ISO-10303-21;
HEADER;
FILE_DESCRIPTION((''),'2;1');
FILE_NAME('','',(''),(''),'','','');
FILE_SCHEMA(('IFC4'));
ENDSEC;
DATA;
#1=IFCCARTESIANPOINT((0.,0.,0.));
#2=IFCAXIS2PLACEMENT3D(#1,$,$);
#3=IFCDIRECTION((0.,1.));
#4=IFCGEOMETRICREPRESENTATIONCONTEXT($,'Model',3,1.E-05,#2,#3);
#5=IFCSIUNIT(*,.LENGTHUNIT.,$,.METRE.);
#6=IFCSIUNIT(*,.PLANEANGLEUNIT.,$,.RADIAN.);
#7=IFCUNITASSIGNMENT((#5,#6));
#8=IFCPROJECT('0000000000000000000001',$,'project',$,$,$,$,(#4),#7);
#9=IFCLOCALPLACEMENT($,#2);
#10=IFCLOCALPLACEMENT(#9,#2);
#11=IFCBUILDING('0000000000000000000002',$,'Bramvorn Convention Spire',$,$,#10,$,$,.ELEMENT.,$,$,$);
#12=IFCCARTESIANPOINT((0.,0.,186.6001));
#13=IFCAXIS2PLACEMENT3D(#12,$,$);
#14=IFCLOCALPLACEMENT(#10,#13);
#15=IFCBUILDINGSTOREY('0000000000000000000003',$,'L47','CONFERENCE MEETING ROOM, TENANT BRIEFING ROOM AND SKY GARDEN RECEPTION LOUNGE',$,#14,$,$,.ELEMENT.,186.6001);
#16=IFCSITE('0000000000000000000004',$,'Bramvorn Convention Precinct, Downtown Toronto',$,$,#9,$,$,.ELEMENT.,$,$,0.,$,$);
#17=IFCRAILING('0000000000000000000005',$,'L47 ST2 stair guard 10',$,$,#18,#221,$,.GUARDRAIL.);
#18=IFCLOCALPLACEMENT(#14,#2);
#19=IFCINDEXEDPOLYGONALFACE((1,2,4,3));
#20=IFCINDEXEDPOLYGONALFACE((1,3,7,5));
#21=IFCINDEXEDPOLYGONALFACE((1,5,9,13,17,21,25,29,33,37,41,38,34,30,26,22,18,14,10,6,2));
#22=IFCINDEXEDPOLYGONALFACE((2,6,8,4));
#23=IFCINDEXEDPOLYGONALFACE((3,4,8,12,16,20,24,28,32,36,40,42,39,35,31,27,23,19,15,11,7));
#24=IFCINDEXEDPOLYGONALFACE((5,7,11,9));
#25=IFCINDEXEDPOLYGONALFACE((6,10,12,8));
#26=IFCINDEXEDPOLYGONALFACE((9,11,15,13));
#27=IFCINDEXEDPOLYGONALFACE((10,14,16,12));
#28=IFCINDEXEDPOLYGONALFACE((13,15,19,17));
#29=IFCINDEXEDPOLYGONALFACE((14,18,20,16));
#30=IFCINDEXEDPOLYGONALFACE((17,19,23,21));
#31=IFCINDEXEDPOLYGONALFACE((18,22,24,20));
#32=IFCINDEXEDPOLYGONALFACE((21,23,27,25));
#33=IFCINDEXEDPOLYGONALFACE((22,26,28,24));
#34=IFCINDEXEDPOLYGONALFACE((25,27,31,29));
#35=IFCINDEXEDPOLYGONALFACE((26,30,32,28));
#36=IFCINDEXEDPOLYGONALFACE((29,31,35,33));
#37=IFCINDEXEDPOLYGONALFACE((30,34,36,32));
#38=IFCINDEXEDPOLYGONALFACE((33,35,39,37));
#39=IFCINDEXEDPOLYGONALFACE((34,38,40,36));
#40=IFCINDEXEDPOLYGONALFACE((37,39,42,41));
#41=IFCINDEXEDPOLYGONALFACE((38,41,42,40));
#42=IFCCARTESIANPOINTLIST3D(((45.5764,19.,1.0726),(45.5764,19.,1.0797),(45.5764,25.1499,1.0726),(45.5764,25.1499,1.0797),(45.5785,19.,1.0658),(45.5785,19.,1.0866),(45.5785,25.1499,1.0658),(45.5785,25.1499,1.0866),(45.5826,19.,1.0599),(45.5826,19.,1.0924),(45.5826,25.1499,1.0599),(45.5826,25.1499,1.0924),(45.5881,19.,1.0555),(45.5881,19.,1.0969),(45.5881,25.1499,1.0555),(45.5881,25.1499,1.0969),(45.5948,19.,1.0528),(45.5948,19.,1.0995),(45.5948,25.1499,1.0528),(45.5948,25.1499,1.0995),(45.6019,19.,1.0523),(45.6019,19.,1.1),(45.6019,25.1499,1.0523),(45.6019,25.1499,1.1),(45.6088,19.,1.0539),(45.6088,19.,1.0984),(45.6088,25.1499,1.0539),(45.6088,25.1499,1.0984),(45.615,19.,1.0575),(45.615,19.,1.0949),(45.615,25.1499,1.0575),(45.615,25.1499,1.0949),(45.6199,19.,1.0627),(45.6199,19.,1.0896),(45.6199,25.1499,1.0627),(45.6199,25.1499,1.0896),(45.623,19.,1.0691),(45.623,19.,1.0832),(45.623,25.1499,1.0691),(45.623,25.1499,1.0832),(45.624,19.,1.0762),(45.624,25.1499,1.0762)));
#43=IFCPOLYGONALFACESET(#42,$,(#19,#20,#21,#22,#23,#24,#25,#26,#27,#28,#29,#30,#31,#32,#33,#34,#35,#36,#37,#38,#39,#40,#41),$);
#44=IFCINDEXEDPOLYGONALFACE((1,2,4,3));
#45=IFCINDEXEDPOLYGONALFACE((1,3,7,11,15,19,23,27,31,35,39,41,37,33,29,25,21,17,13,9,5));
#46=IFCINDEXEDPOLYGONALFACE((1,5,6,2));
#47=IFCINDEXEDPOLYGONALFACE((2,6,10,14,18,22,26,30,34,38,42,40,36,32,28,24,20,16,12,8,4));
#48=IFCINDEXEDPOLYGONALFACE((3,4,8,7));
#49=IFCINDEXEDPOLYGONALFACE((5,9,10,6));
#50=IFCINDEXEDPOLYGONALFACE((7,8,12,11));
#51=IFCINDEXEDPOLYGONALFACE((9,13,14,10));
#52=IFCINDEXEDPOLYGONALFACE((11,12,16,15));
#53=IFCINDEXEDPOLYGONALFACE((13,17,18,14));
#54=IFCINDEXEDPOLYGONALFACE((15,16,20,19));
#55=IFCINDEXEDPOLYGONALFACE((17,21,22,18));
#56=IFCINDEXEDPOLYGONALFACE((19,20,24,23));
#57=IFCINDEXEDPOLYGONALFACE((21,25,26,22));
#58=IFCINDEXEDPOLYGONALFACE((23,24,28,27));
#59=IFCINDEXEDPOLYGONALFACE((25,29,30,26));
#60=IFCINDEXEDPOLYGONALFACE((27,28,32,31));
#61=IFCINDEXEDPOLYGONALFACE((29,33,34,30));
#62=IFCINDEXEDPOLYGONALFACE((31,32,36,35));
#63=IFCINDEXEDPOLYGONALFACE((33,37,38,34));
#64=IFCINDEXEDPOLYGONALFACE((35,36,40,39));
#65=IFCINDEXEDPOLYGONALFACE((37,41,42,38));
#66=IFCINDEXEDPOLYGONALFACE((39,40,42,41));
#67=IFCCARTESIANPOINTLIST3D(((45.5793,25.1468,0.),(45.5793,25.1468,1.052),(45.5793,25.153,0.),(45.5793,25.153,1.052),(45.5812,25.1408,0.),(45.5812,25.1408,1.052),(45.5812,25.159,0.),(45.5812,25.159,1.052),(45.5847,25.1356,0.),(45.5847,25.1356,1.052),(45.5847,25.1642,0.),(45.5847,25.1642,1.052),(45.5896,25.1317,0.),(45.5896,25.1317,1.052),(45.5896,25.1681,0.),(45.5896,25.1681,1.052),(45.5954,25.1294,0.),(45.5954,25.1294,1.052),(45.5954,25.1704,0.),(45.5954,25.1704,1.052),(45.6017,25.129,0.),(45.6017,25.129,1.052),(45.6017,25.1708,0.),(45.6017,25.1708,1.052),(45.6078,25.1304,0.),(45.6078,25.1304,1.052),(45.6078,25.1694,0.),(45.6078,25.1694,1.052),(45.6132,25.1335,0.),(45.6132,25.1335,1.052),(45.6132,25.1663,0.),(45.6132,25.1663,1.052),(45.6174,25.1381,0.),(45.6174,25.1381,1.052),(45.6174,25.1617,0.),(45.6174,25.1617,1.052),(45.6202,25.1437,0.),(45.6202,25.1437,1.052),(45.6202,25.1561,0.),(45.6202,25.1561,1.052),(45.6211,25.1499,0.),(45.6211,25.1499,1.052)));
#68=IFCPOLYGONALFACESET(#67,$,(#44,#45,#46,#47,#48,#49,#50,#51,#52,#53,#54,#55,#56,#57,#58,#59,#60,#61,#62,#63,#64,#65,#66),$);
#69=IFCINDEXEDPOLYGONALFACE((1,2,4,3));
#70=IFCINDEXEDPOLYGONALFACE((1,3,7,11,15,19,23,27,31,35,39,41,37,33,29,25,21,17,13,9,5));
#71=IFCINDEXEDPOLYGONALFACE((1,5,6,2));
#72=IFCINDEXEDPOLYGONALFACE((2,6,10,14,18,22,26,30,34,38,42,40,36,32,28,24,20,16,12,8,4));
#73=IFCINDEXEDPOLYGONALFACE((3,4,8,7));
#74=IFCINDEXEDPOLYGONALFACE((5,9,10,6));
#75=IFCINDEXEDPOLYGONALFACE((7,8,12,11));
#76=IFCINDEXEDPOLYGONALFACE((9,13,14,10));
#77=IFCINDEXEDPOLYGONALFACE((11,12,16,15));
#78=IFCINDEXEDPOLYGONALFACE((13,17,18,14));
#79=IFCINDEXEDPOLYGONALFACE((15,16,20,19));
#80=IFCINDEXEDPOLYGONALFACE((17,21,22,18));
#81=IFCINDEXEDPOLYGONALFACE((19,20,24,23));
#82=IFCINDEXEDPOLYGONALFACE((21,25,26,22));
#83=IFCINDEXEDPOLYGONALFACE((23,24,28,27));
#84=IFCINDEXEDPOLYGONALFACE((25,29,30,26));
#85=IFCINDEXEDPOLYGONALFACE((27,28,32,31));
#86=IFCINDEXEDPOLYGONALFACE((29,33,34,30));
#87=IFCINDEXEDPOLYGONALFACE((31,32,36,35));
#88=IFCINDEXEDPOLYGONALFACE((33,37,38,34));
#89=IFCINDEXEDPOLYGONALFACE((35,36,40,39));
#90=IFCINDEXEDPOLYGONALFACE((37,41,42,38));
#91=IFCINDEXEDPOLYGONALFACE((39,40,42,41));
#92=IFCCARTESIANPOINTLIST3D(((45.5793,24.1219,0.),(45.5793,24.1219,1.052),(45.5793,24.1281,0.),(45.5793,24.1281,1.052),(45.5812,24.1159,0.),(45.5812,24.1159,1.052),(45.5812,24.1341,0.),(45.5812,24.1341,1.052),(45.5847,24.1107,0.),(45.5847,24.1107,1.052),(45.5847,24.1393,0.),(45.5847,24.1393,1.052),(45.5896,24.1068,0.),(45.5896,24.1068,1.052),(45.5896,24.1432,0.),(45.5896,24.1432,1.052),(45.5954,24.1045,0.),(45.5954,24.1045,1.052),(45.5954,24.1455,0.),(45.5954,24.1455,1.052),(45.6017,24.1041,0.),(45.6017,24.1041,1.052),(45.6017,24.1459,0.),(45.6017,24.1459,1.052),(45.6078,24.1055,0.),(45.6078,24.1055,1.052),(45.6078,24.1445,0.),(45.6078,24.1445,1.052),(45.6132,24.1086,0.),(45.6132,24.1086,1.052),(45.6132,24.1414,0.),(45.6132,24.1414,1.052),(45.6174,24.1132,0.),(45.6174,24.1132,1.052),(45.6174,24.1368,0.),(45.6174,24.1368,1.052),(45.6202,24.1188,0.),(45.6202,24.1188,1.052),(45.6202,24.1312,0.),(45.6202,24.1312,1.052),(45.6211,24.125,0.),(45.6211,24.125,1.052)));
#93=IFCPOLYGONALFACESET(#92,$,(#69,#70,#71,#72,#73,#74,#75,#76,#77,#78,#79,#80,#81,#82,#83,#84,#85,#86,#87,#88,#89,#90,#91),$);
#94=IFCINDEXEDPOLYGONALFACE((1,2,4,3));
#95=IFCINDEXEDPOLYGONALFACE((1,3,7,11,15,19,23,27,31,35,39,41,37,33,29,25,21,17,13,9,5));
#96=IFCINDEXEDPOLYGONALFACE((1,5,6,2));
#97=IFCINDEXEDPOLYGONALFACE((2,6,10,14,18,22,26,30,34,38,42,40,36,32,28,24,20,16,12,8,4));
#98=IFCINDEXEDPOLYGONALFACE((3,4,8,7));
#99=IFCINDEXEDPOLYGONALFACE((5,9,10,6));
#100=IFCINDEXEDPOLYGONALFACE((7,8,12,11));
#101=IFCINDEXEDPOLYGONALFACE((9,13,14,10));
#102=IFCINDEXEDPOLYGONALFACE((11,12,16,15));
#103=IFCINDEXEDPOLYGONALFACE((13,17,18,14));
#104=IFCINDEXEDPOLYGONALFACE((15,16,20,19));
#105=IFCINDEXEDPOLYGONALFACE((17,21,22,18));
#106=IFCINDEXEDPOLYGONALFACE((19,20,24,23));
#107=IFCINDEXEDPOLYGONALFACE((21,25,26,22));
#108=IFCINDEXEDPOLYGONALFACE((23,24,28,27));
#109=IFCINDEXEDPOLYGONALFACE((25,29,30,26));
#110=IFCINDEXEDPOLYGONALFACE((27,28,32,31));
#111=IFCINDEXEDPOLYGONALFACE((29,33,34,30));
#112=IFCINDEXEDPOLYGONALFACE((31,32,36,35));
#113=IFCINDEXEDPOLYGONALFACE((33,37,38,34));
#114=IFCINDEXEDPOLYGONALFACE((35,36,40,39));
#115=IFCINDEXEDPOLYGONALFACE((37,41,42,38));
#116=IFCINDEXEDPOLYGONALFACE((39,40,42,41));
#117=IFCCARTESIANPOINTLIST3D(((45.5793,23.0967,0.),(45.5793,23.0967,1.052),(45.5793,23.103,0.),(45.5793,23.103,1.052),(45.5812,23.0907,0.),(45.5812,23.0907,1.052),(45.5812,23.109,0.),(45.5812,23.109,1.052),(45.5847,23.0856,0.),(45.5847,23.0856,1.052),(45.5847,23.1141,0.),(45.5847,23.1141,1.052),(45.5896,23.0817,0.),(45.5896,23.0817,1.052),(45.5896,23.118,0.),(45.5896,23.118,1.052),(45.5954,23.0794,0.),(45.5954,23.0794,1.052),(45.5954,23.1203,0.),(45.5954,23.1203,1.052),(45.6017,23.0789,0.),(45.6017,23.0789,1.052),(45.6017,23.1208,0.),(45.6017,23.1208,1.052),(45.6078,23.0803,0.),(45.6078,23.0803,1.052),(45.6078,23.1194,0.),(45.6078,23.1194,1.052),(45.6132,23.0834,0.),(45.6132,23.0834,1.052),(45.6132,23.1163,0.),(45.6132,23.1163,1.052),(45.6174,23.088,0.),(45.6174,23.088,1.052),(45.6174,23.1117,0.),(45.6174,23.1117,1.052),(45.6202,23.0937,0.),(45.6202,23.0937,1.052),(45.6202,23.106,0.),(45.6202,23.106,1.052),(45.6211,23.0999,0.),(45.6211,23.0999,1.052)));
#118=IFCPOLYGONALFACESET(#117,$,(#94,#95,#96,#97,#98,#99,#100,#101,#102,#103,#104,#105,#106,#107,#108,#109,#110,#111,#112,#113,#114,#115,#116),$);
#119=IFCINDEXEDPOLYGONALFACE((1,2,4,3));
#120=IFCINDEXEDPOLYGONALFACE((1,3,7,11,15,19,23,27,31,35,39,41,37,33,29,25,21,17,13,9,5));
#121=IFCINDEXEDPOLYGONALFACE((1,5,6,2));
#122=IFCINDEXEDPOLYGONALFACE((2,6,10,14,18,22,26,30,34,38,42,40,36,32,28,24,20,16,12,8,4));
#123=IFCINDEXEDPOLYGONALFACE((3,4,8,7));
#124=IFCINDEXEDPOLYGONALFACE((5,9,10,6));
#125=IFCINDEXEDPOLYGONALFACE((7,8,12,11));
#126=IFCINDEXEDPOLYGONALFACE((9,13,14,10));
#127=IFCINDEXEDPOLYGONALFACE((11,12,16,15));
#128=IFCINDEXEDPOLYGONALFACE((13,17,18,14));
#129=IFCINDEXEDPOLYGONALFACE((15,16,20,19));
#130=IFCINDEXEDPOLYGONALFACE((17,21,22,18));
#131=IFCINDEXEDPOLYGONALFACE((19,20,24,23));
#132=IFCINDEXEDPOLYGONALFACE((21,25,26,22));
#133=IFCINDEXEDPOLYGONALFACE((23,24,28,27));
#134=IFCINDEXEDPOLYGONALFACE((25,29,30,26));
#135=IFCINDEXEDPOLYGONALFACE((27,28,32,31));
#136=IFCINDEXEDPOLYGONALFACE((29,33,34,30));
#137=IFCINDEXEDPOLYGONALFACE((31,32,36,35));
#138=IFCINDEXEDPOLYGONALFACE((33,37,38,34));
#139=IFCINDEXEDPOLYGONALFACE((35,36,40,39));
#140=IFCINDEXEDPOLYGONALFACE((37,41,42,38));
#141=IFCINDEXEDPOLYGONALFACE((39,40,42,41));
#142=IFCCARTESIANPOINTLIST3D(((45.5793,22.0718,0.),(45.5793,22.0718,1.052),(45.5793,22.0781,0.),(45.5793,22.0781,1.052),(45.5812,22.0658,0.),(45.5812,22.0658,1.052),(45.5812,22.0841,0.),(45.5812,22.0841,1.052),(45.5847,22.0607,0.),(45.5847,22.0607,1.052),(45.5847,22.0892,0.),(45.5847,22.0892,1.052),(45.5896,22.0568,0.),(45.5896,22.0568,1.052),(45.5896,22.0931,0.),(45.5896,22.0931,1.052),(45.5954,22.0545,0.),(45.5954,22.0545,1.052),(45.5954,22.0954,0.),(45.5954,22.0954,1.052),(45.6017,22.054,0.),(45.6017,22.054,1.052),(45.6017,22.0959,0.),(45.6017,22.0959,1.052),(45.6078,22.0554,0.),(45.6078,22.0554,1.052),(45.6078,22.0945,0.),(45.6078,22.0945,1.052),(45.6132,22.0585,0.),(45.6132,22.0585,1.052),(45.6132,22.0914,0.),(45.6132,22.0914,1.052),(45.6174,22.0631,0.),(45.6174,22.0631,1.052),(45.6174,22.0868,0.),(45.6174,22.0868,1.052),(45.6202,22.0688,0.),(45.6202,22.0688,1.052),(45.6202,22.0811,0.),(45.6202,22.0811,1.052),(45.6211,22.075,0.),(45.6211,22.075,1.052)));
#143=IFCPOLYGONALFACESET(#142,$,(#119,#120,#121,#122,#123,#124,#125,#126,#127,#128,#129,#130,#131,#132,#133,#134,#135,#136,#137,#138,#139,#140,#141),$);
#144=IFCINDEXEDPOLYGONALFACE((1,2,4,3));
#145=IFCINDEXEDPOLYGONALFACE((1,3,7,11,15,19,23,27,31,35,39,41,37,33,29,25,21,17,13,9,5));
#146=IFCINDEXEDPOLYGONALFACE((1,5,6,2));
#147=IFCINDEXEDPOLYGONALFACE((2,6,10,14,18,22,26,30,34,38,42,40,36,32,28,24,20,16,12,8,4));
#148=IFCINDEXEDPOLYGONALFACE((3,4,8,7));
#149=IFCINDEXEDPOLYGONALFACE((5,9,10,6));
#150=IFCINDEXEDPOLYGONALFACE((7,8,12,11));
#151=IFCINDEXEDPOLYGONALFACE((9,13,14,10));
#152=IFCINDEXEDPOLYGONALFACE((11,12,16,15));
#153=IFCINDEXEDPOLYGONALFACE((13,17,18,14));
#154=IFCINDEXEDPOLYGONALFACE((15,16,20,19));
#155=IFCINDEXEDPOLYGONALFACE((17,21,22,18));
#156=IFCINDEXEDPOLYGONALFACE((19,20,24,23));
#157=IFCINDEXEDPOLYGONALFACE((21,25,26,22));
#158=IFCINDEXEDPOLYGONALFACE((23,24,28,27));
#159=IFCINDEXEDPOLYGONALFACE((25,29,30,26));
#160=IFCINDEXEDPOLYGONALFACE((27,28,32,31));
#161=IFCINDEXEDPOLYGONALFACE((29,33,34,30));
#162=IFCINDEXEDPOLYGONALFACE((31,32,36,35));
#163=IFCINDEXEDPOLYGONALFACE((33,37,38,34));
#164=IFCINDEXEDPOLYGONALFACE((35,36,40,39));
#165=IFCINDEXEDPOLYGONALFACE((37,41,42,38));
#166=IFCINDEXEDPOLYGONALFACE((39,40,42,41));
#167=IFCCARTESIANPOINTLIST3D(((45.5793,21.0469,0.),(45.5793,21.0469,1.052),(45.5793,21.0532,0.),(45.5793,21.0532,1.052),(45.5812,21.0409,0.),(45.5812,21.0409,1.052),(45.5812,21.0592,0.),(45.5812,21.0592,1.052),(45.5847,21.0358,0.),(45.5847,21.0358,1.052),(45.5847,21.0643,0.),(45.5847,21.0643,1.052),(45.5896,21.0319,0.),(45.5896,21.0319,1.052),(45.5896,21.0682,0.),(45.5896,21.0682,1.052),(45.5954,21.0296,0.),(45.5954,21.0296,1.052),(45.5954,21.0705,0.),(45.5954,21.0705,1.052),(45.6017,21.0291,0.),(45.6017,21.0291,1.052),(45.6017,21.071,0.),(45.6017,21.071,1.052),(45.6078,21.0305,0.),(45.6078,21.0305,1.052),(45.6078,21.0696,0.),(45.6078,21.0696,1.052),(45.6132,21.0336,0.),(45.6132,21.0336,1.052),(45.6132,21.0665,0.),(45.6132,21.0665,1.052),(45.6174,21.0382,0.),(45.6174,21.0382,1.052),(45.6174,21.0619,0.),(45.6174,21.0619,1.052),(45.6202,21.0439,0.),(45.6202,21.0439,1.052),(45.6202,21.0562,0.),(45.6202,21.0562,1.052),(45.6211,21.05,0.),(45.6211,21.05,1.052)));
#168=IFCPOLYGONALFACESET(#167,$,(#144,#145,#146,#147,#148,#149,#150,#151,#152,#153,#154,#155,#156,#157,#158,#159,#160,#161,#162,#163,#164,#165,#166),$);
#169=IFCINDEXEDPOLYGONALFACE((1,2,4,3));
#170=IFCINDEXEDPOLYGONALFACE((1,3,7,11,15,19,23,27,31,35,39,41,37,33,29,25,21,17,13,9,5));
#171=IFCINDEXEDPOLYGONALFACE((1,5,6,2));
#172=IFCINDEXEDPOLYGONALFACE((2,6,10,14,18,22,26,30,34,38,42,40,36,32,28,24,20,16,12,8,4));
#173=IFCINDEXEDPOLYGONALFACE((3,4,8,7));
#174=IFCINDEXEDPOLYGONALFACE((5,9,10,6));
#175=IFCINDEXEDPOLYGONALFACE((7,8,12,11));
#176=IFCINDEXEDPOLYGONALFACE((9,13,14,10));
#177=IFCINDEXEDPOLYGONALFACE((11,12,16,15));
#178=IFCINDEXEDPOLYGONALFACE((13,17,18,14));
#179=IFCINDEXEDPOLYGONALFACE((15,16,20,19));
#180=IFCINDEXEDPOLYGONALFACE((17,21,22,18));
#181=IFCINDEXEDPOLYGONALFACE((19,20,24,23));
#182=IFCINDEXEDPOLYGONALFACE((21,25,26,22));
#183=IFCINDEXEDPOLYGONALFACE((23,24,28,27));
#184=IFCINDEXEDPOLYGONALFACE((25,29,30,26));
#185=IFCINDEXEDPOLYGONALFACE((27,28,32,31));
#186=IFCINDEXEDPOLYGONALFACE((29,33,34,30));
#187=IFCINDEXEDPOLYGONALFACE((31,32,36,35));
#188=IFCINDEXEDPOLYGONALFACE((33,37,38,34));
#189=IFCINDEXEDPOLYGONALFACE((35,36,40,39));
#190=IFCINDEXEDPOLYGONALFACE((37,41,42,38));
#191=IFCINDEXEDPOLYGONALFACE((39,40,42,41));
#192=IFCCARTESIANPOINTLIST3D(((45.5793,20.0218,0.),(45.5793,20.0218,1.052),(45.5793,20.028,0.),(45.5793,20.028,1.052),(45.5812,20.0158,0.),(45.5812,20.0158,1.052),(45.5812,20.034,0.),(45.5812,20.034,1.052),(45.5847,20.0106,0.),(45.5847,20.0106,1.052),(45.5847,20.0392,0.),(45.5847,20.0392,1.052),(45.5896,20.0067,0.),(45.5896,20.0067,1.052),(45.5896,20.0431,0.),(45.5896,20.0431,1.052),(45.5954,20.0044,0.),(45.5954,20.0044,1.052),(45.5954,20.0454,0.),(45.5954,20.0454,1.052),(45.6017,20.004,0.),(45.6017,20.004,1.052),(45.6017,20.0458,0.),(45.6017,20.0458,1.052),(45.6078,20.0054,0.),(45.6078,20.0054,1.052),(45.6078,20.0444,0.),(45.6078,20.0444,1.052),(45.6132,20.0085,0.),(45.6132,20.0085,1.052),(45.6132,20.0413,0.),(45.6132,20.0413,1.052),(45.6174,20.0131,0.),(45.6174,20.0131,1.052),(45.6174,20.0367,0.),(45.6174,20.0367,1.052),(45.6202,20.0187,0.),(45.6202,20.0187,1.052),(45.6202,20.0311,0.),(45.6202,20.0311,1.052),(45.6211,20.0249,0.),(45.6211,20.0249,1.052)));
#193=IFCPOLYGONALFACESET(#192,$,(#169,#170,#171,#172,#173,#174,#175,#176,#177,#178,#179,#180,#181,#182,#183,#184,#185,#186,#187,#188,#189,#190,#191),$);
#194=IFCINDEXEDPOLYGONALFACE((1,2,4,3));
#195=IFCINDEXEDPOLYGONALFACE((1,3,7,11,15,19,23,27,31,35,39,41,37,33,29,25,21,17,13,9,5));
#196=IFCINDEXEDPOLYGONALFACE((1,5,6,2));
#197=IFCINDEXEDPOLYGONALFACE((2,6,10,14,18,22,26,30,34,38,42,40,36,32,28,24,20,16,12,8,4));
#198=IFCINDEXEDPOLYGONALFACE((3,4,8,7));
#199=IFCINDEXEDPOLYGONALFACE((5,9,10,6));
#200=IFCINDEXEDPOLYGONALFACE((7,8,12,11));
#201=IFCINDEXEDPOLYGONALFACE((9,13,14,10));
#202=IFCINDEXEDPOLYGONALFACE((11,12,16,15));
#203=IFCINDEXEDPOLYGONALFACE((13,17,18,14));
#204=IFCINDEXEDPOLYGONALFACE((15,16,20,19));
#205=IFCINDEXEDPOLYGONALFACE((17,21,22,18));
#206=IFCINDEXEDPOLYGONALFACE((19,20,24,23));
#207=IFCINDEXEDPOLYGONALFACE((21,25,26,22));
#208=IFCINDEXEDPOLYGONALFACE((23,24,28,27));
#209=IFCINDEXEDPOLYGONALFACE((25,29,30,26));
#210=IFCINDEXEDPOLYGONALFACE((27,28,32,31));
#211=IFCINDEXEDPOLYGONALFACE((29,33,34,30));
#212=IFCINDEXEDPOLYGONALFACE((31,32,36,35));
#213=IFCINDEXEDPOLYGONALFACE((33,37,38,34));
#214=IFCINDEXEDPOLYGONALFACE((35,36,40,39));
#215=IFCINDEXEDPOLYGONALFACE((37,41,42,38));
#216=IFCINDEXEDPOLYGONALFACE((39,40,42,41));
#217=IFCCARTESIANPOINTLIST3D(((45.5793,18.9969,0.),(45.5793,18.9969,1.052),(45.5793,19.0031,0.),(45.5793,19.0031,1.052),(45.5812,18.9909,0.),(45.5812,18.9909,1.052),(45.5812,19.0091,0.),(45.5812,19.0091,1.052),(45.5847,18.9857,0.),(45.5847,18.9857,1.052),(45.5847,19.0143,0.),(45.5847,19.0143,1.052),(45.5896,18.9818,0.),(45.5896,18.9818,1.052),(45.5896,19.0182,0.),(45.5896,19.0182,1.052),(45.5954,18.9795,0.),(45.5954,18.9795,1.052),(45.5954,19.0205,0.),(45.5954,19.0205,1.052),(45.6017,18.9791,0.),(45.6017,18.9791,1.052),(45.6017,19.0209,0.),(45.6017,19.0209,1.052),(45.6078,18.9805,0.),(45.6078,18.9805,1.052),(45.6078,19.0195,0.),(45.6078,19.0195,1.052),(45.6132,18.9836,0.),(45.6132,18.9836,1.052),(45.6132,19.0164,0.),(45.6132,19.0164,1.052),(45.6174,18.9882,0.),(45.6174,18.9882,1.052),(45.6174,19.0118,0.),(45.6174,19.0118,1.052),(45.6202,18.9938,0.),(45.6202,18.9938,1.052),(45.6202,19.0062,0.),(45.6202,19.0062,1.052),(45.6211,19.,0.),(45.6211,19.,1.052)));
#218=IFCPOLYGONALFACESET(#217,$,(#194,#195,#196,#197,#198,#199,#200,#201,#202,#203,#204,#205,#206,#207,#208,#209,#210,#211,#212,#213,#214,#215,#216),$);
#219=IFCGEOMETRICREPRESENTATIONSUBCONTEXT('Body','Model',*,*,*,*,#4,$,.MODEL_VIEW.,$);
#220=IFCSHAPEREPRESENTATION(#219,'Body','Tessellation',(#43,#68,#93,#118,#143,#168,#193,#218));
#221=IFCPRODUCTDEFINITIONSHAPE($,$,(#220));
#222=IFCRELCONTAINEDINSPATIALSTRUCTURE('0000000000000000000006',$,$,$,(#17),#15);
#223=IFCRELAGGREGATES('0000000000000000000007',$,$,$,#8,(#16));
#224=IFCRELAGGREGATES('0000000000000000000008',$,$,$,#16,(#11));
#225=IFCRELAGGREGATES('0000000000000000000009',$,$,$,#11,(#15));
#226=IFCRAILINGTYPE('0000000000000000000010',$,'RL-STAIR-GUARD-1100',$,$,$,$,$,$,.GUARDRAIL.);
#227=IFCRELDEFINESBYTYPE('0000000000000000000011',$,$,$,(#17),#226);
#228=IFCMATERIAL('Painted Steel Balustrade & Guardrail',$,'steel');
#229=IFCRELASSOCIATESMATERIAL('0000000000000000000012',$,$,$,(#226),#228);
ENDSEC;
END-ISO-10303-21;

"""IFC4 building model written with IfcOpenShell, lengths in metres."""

from ifc_helpers import new_model, si_unit, direction, frame, origin, origin_2d, place, context, subcontext, project, spatial, circle, extrude, material, type_object, element, save


model = new_model("IFC4")

# Units and contexts
model_context = context("Model", 3, precision=1e-05, world=origin(), true_north=direction((0.0, 1.0)))
body_context = subcontext(model_context, "Body", "Model", "MODEL_VIEW")
ifc_project = project(units=[si_unit("LENGTHUNIT", "METRE"), si_unit("PLANEANGLEUNIT", "RADIAN")], contexts=[model_context])

# Site, building, storey
site_placement = place(None, origin())
site = spatial("IfcSite", under=ifc_project, at=site_placement, Name="Bramvorn Convention Precinct, Downtown Toronto", CompositionType="ELEMENT", RefElevation=0.0)
building_placement = place(site_placement, origin())
building = spatial("IfcBuilding", under=site, at=building_placement, Name="Bramvorn Convention Spire", CompositionType="ELEMENT")
storey_placement = place(building_placement, frame((0.0, 0.0, 186.6001)))
storey = spatial("IfcBuildingStorey", under=building, at=storey_placement, Name="L47", Description="CONFERENCE MEETING ROOM, TENANT BRIEFING ROOM AND SKY GARDEN RECEPTION LOUNGE", CompositionType="ELEMENT", Elevation=186.6001)

# Railing
ifc_material_1 = material(Name="Painted Steel Balustrade & Guardrail", Category="steel")
railing_type_1 = type_object("IfcRailingType", Name="RL-STAIR-GUARD-1100", PredefinedType="GUARDRAIL", material=ifc_material_1)
railing_1_placement = place(storey_placement, frame((45.6001, 25.1499, 0.0)))
element("IfcRailing", 1, at=railing_1_placement, inside=storey, type_object=railing_type_1, Name="L47 ST2 stair guard 10", PredefinedType="GUARDRAIL", context=body_context, shape_type="SweptSolid", body=[
    extrude(circle(Radius=0.0239, at=origin_2d()), frame((0.0, 0.0, 1.0762), z_axis=(0.0, -1.0, 0.0), x_axis=(1.0, 0.0, 0.0)), (0.0, 0.0, 1.0), 6.1499),
    extrude(circle(Radius=0.021, at=origin_2d()), origin(), (0.0, 0.0, 1.0), 1.052),
    extrude(circle(Radius=0.021, at=origin_2d()), frame((0.0, -1.0249, 0.0)), (0.0, 0.0, 1.0), 1.052),
    extrude(circle(Radius=0.021, at=origin_2d()), frame((0.0, -2.05, 0.0)), (0.0, 0.0, 1.0), 1.052),
    extrude(circle(Radius=0.021, at=origin_2d()), frame((0.0, -3.075, 0.0)), (0.0, 0.0, 1.0), 1.052),
    extrude(circle(Radius=0.021, at=origin_2d()), frame((0.0, -4.0999, 0.0)), (0.0, 0.0, 1.0), 1.052),
    extrude(circle(Radius=0.021, at=origin_2d()), frame((0.0, -5.125, 0.0)), (0.0, 0.0, 1.0), 1.052),
    extrude(circle(Radius=0.021, at=origin_2d()), frame((0.0, -6.1499, 0.0)), (0.0, 0.0, 1.0), 1.052),
])

save(model, "model.ifc")
